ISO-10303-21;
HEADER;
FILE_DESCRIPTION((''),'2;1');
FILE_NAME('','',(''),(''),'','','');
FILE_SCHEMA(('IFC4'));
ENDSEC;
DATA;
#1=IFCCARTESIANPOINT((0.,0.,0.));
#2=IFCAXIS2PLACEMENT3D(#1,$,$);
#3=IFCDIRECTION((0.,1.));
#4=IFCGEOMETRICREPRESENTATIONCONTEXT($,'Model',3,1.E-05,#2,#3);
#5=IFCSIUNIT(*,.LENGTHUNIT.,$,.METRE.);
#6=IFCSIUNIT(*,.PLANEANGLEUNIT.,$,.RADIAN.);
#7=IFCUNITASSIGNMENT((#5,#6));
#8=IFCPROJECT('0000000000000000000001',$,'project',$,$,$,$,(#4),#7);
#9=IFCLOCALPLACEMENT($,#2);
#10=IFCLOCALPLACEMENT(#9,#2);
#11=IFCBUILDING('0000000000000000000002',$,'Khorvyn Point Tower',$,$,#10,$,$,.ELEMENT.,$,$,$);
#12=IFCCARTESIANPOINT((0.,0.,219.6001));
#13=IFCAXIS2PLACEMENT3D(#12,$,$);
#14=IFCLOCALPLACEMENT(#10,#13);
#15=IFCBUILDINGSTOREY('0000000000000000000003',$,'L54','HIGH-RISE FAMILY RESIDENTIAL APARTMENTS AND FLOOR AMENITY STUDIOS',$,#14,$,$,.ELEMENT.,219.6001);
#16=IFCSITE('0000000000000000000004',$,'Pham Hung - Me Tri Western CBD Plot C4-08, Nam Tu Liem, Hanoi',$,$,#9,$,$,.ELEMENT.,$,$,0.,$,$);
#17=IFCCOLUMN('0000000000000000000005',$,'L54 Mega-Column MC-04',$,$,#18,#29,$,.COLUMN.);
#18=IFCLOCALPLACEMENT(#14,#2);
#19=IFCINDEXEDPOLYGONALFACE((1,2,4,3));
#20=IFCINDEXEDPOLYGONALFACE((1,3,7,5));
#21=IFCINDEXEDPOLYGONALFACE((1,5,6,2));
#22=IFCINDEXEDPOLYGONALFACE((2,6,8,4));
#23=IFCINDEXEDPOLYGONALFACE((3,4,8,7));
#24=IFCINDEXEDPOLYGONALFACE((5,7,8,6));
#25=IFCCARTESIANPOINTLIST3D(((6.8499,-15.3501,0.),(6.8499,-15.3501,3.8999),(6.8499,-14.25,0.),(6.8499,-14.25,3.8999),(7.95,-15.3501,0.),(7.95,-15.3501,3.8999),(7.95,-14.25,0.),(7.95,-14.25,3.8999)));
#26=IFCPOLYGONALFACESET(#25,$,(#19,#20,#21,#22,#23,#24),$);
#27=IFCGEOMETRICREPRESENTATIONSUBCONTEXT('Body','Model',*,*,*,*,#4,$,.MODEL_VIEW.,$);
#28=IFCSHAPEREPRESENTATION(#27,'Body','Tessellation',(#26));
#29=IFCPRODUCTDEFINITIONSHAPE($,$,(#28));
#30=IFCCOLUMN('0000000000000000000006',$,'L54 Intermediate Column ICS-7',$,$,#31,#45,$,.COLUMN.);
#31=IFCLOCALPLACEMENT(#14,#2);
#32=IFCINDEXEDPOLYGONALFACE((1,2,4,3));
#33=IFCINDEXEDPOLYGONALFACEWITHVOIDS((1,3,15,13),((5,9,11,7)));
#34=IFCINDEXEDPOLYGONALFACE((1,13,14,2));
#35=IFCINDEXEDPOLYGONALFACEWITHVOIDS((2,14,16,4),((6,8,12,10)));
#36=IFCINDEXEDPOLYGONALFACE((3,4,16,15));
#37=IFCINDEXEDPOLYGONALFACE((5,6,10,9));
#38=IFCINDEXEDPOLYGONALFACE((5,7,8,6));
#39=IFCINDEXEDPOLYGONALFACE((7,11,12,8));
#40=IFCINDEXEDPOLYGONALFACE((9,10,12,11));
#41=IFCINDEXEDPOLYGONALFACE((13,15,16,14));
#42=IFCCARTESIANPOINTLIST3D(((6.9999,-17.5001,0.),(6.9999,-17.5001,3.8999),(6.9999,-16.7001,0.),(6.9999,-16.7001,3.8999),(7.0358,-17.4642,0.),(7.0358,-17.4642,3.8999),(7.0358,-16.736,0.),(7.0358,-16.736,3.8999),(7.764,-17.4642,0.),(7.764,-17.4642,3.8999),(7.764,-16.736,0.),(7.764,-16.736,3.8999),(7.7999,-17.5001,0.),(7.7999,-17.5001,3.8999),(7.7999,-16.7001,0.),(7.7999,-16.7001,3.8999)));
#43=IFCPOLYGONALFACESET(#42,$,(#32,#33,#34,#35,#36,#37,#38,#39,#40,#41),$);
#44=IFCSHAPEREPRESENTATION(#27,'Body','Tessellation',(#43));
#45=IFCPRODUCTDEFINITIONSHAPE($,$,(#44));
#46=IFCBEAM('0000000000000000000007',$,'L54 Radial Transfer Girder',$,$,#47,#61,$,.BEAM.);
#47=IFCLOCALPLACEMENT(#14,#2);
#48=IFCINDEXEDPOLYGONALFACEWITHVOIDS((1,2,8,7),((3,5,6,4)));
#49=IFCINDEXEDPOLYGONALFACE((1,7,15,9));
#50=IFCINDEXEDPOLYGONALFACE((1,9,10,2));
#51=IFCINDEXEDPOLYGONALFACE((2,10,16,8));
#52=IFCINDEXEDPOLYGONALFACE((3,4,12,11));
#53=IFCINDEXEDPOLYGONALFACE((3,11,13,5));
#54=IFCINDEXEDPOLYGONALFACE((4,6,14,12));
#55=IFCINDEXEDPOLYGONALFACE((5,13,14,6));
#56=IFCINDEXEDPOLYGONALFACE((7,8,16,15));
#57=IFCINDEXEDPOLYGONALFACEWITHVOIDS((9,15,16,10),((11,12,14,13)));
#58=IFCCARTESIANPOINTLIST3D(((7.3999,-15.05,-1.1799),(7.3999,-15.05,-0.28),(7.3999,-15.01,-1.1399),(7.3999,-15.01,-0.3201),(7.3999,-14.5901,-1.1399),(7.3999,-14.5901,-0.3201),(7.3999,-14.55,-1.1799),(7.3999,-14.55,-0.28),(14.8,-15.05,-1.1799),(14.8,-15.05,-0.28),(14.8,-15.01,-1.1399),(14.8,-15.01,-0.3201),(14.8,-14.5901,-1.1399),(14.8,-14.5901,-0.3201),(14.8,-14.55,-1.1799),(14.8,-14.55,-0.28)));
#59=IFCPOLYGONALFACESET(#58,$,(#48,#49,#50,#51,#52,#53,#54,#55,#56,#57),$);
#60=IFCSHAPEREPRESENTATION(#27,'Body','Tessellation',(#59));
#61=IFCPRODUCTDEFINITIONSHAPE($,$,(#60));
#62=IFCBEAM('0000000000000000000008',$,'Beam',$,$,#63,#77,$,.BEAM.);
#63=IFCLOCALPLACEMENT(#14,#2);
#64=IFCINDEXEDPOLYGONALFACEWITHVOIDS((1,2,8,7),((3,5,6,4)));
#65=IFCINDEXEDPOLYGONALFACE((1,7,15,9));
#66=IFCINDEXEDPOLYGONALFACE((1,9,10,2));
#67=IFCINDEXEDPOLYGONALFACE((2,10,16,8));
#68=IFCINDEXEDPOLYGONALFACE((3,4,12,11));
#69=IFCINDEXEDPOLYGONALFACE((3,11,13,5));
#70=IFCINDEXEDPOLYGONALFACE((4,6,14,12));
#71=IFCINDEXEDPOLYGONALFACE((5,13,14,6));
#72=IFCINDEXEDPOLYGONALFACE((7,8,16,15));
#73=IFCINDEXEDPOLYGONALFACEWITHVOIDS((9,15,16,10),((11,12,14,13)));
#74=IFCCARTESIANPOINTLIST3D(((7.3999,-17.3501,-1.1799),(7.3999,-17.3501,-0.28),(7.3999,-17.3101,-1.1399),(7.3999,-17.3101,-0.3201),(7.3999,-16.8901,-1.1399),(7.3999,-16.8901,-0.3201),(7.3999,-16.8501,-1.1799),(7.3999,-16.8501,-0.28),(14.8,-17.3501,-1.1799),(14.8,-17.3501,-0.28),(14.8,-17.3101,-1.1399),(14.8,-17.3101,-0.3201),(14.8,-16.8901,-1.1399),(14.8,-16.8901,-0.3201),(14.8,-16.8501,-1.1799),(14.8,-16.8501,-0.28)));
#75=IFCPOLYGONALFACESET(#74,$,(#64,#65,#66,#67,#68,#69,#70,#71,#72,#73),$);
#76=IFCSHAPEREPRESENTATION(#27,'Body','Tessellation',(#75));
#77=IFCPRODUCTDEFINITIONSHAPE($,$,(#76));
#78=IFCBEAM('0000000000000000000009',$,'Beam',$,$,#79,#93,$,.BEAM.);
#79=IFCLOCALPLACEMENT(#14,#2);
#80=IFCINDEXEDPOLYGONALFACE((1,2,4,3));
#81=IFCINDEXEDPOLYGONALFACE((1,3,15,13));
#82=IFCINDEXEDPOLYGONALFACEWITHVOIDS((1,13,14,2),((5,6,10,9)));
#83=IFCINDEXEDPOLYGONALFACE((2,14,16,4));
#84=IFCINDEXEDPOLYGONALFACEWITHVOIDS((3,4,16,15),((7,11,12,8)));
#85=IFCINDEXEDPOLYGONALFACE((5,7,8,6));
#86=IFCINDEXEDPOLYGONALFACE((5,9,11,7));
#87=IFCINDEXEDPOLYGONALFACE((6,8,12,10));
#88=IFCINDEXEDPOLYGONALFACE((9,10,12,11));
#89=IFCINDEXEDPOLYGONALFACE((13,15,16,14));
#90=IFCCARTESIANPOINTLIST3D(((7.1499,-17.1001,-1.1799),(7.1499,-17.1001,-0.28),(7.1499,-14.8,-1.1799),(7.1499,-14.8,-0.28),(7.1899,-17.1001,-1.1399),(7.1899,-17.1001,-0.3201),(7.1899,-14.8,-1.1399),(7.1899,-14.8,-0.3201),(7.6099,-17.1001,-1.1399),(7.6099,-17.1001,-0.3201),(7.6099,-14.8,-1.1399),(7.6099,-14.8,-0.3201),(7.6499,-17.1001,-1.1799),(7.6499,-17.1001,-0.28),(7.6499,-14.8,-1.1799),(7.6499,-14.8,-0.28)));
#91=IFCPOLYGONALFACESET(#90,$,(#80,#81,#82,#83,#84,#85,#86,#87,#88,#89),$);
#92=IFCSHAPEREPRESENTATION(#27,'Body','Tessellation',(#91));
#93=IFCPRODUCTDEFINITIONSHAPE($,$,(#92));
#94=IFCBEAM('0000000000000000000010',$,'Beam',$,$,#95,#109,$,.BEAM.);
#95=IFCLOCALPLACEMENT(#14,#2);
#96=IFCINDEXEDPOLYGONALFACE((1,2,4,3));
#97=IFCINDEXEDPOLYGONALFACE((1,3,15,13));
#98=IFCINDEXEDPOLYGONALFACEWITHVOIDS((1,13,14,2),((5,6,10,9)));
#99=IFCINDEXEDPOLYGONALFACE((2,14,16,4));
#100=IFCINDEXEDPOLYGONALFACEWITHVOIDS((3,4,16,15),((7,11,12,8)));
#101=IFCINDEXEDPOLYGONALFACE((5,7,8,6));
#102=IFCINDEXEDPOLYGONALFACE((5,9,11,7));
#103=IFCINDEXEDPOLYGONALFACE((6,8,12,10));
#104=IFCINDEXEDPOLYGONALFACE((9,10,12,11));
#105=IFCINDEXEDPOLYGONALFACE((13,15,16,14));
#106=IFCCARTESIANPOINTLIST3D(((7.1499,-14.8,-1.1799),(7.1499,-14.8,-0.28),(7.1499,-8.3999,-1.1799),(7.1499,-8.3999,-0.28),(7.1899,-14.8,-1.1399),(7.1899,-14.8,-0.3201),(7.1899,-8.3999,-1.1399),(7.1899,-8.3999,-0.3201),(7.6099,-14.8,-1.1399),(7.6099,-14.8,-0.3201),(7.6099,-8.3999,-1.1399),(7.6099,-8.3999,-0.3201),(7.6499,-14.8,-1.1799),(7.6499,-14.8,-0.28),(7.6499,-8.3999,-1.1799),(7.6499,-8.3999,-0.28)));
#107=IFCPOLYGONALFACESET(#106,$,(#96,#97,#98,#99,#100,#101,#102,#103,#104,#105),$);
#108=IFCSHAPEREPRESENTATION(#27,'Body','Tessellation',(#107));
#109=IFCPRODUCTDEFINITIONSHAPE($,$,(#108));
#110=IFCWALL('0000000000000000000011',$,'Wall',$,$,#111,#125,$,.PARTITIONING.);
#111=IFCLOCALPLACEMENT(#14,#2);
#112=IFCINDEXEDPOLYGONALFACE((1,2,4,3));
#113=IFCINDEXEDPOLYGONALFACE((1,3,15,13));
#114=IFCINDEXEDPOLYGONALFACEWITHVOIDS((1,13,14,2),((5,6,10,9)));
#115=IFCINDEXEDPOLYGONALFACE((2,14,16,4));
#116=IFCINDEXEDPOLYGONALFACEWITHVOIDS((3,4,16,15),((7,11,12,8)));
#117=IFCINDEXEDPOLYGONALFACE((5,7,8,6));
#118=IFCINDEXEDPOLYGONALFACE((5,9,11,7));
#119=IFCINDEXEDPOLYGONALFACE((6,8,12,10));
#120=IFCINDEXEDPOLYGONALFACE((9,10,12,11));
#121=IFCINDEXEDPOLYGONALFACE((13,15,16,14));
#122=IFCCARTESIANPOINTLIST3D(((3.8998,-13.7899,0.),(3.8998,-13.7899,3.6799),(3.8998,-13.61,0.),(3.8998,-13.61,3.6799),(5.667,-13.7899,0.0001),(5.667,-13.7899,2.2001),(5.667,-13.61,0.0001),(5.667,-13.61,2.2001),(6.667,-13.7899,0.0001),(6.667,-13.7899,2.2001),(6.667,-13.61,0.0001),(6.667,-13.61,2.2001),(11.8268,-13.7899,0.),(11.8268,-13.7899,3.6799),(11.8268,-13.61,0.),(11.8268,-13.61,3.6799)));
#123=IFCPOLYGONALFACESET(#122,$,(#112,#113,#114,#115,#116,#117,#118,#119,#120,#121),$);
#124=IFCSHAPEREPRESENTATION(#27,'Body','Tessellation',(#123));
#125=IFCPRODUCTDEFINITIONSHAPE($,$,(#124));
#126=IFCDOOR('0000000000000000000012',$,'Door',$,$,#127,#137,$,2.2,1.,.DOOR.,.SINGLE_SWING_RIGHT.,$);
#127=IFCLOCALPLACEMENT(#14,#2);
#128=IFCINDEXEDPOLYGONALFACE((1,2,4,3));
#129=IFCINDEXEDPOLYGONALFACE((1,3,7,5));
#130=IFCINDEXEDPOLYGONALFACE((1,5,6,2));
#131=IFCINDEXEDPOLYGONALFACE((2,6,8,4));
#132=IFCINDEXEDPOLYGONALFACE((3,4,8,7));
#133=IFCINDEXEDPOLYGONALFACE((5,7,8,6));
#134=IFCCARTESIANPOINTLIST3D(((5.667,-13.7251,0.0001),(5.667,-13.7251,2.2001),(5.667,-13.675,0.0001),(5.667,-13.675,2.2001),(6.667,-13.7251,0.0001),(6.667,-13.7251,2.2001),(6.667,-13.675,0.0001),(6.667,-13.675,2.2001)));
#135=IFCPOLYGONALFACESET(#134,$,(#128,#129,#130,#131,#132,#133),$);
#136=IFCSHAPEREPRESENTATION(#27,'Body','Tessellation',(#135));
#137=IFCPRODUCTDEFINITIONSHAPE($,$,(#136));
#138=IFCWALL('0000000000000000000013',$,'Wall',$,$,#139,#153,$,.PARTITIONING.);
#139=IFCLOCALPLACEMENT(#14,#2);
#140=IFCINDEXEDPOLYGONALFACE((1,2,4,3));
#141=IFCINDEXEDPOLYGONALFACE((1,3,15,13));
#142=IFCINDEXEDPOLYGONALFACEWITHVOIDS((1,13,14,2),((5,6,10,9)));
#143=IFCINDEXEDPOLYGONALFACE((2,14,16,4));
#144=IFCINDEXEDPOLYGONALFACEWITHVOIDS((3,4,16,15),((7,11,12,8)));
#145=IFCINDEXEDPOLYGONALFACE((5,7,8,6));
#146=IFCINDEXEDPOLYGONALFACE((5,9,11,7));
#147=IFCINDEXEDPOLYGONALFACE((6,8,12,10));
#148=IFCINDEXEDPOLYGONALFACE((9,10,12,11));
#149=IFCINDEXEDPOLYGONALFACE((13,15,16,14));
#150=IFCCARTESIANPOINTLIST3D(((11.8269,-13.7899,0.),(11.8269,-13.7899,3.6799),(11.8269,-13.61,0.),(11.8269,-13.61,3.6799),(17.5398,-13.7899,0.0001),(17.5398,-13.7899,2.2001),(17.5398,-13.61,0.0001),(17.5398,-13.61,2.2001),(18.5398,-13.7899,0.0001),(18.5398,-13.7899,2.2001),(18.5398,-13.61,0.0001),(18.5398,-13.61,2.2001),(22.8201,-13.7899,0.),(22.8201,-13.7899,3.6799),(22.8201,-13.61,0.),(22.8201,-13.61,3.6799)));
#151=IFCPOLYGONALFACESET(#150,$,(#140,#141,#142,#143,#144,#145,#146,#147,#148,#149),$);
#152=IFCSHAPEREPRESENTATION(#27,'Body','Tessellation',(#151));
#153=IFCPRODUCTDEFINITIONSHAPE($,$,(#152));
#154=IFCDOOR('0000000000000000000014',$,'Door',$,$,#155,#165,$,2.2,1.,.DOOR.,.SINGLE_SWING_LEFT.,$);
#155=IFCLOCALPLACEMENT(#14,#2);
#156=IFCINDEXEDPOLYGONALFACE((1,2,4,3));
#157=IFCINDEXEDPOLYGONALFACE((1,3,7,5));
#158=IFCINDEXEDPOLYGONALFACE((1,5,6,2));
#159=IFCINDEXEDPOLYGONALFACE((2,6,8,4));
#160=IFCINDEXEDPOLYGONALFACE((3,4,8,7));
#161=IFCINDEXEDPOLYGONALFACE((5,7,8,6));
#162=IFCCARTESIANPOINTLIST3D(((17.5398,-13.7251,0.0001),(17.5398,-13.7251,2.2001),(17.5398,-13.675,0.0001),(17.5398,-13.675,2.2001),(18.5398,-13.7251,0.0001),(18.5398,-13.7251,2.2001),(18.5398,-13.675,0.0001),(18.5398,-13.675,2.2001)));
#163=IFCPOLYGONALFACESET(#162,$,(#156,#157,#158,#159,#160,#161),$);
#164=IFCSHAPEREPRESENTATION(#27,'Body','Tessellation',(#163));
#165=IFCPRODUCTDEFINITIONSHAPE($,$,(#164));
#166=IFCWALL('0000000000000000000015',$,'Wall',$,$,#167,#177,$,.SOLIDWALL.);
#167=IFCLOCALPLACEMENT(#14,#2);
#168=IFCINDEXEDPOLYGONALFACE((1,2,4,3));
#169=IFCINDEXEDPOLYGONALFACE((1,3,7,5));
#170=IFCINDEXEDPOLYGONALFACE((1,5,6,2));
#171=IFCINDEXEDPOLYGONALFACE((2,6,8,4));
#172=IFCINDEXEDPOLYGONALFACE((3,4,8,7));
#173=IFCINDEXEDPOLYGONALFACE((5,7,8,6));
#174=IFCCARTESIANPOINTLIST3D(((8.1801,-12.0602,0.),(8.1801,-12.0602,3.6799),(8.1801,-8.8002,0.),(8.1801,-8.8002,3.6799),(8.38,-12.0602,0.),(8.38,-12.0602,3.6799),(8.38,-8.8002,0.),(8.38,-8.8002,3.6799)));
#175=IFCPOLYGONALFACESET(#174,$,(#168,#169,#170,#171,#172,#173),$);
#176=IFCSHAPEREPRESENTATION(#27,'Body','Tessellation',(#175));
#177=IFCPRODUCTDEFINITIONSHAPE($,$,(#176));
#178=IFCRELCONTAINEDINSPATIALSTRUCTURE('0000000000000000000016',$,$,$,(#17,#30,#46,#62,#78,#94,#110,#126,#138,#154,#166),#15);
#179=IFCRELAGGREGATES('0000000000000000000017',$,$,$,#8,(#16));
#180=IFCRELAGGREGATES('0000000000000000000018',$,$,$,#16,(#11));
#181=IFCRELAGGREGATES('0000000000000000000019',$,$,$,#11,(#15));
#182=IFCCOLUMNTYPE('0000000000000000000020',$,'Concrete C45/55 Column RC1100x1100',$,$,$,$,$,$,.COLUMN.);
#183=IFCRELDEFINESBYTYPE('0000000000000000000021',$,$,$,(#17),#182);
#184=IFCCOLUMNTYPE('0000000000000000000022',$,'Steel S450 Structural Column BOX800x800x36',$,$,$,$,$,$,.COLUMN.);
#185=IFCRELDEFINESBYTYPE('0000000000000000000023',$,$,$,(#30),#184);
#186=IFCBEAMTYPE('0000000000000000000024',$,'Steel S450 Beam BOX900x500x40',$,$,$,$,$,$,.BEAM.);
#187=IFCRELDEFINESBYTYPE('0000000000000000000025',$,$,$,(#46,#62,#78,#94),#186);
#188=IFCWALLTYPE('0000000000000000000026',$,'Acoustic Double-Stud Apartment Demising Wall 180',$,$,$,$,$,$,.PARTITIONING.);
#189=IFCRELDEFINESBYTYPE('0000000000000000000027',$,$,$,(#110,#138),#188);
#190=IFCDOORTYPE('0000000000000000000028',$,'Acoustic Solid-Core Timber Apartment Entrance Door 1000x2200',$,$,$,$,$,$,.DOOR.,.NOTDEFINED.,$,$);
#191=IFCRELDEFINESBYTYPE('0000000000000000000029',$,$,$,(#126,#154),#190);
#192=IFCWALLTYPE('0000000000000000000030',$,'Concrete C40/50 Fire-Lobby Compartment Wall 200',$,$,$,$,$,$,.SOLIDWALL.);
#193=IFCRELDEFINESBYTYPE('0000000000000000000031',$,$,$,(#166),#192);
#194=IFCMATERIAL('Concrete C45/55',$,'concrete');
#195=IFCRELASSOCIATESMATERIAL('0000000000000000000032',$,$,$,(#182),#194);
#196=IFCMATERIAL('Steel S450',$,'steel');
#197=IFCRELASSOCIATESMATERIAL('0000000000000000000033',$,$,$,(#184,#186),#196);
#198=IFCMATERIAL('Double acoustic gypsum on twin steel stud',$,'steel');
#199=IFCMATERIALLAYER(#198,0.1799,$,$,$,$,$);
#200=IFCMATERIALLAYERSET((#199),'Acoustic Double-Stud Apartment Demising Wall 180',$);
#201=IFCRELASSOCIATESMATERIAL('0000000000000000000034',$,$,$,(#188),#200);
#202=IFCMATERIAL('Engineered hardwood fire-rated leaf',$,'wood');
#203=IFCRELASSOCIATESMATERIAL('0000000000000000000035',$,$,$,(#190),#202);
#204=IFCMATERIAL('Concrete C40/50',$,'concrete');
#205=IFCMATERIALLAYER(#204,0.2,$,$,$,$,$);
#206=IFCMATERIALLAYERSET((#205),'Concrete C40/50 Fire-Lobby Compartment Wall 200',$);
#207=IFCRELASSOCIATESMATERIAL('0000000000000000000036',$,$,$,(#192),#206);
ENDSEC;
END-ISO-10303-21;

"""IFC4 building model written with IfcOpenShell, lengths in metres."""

from ifc_helpers import new_model, si_unit, direction, frame, frame_2d, origin, origin_2d, place, context, subcontext, project, spatial, rectangle, hollow_rectangle, extrude, material, layer, layer_set, material_profile, profile_set, type_object, element, fill, save


model = new_model("IFC4")

# Units and contexts
model_context = context("Model", 3, precision=1e-05, world=origin(), true_north=direction((0.0, 1.0)))
body_context = subcontext(model_context, "Body", "Model", "MODEL_VIEW")
ifc_project = project(units=[si_unit("LENGTHUNIT", "METRE"), si_unit("PLANEANGLEUNIT", "RADIAN")], contexts=[model_context])

# Site, building, storey
site_placement = place(None, origin())
site = spatial("IfcSite", under=ifc_project, at=site_placement, Name="Pham Hung - Me Tri Western CBD Plot C4-08, Nam Tu Liem, Hanoi", CompositionType="ELEMENT", RefElevation=0.0)
building_placement = place(site_placement, origin())
building = spatial("IfcBuilding", under=site, at=building_placement, Name="Khorvyn Point Tower", CompositionType="ELEMENT")
storey_placement = place(building_placement, frame((0.0, 0.0, 219.6001)))
storey = spatial("IfcBuildingStorey", under=building, at=storey_placement, Name="L54", Description="HIGH-RISE FAMILY RESIDENTIAL APARTMENTS AND FLOOR AMENITY STUDIOS", CompositionType="ELEMENT", Elevation=219.6001)

# Columns
ifc_material_1 = material(Name="Concrete C45/55", Category="concrete")
ifc_material_profile_1 = material_profile(ifc_material_1, rectangle(XDim=1.1001, YDim=1.1001, at=origin_2d()))
ifc_profile_set_1 = profile_set([ifc_material_profile_1], Name="Concrete C45/55 RC1100x1100")
column_type_1 = type_object("IfcColumnType", Name="Concrete C45/55 Column RC1100x1100", PredefinedType="COLUMN", material=ifc_profile_set_1)
column_1_placement = place(storey_placement, frame((7.3999, -14.8, 0.0), z_axis=(0.0, 0.0, 1.0), x_axis=(1.0, 0.0, 0.0)))
element("IfcColumn", 1, at=column_1_placement, inside=storey, type_object=column_type_1, Name="L54 Mega-Column MC-04", PredefinedType="COLUMN", context=body_context, shape_type="SweptSolid", body=[
    extrude(rectangle(XDim=1.1001, YDim=1.1001, at=origin_2d()), origin(), (0.0, 0.0, 1.0), 3.8999),
])
ifc_material_2 = material(Name="Steel S450", Category="steel")
ifc_material_profile_2 = material_profile(ifc_material_2, hollow_rectangle(XDim=0.8, YDim=0.8, WallThickness=0.0359, at=origin_2d()))
ifc_profile_set_2 = profile_set([ifc_material_profile_2], Name="Steel S450 BOX800x800x36")
column_type_2 = type_object("IfcColumnType", Name="Steel S450 Structural Column BOX800x800x36", PredefinedType="COLUMN", material=ifc_profile_set_2)
column_2_placement = place(storey_placement, frame((7.3999, -17.1001, 0.0), z_axis=(0.0, 0.0, 1.0), x_axis=(1.0, 0.0, 0.0)))
element("IfcColumn", 2, at=column_2_placement, inside=storey, type_object=column_type_2, Name="L54 Intermediate Column ICS-7", PredefinedType="COLUMN", context=body_context, shape_type="SweptSolid", body=[
    extrude(hollow_rectangle(XDim=0.8, YDim=0.8, WallThickness=0.0359, at=origin_2d()), origin(), (0.0, 0.0, 1.0), 3.8999),
])

# Beams
ifc_material_profile_3 = material_profile(ifc_material_2, hollow_rectangle(XDim=0.5, YDim=0.8999, WallThickness=0.04, at=origin_2d()))
ifc_profile_set_3 = profile_set([ifc_material_profile_3], Name="Steel S450 BOX900x500x40")
beam_type = type_object("IfcBeamType", Name="Steel S450 Beam BOX900x500x40", PredefinedType="BEAM", material=ifc_profile_set_3)
for number, where, z_axis, x_axis, name in (
    (3, (7.3999, -14.8, -0.73), (1.0, 0.0, 0.0), (0.0, 1.0, 0.0), "L54 Radial Transfer Girder"),
    (4, (7.3999, -17.1001, -0.73), (1.0, 0.0, 0.0), (0.0, 1.0, 0.0), "Beam"),
):
    element("IfcBeam", number, at=place(storey_placement, frame(where, z_axis=z_axis, x_axis=x_axis)), inside=storey, type_object=beam_type, Name=name, PredefinedType="BEAM", context=body_context, shape_type="SweptSolid", body=[
        extrude(hollow_rectangle(XDim=0.5, YDim=0.8999, WallThickness=0.04, at=origin_2d()), origin(), (0.0, 0.0, 1.0), 7.4001),
    ])
beam_1_placement = place(storey_placement, frame((7.3999, -17.1001, -0.73), z_axis=(0.0, 1.0, 0.0), x_axis=(-1.0, 0.0, 0.0)))
element("IfcBeam", 5, at=beam_1_placement, inside=storey, type_object=beam_type, Name="Beam", PredefinedType="BEAM", context=body_context, shape_type="SweptSolid", body=[
    extrude(hollow_rectangle(XDim=0.5, YDim=0.8999, WallThickness=0.04, at=origin_2d()), origin(), (0.0, 0.0, 1.0), 2.3),
])
beam_2_placement = place(storey_placement, frame((7.3999, -14.8, -0.73), z_axis=(0.0, 1.0, 0.0), x_axis=(-1.0, 0.0, 0.0)))
element("IfcBeam", 6, at=beam_2_placement, inside=storey, type_object=beam_type, Name="Beam", PredefinedType="BEAM", context=body_context, shape_type="SweptSolid", body=[
    extrude(hollow_rectangle(XDim=0.5, YDim=0.8999, WallThickness=0.04, at=origin_2d()), origin(), (0.0, 0.0, 1.0), 6.4001),
])

# Walls, openings, doors
ifc_material_3 = material(Name="Double acoustic gypsum on twin steel stud", Category="steel")
ifc_layer_1 = layer(ifc_material_3, 0.1799)
ifc_layer_set_1 = layer_set([ifc_layer_1], Name="Acoustic Double-Stud Apartment Demising Wall 180")
wall_type_1 = type_object("IfcWallType", Name="Acoustic Double-Stud Apartment Demising Wall 180", PredefinedType="PARTITIONING", material=ifc_layer_set_1)
wall_1_placement = place(storey_placement, frame((3.8999, -13.7, 0.0), z_axis=(0.0, 0.0, 1.0), x_axis=(1.0, 0.0, 0.0)))
wall_1 = element("IfcWall", 7, at=wall_1_placement, inside=storey, type_object=wall_type_1, Name="Wall", PredefinedType="PARTITIONING", context=body_context, shape_type="SweptSolid", body=[
    extrude(rectangle(XDim=7.927, YDim=0.1799, at=frame_2d((3.9634, 0.0))), origin(), (0.0, 0.0, 1.0), 3.6799),
])
opening_1_placement = place(wall_1_placement, frame((1.7671, 0.0, 0.0)))
opening_1 = element("IfcOpeningElement", 8, at=opening_1_placement, cuts=wall_1, PredefinedType="OPENING", context=body_context, shape_type="SweptSolid", body=[
    extrude(rectangle(XDim=1.0, YDim=2.2, at=frame_2d((0.5, 1.1001))), frame((0.0, 0.0999, 0.0), z_axis=(0.0, -1.0, 0.0), x_axis=(1.0, 0.0, 0.0)), (0.0, 0.0, 1.0), 0.2),
])
ifc_material_4 = material(Name="Engineered hardwood fire-rated leaf", Category="wood")
door_type_1 = type_object("IfcDoorType", Name="Acoustic Solid-Core Timber Apartment Entrance Door 1000x2200", OperationType="NOTDEFINED", PredefinedType="DOOR", material=ifc_material_4)
door_1_placement = place(opening_1_placement, origin())
door_1 = element("IfcDoor", 9, at=door_1_placement, inside=storey, type_object=door_type_1, Name="Door", OperationType="SINGLE_SWING_RIGHT", OverallHeight=2.2, OverallWidth=1.0, PredefinedType="DOOR", context=body_context, shape_type="SweptSolid", body=[
    extrude(rectangle(XDim=1.0, YDim=2.2, at=frame_2d((0.5, 1.1001))), frame((0.0, 0.0249, 0.0), z_axis=(0.0, -1.0, 0.0), x_axis=(1.0, 0.0, 0.0)), (0.0, 0.0, 1.0), 0.05),
])
fill(opening_1, door_1)
wall_2_placement = place(storey_placement, frame((11.8269, -13.7, 0.0), z_axis=(0.0, 0.0, 1.0), x_axis=(1.0, 0.0, 0.0)))
wall_2 = element("IfcWall", 10, at=wall_2_placement, inside=storey, type_object=wall_type_1, Name="Wall", PredefinedType="PARTITIONING", context=body_context, shape_type="SweptSolid", body=[
    extrude(rectangle(XDim=10.9932, YDim=0.1799, at=frame_2d((5.4966, 0.0))), origin(), (0.0, 0.0, 1.0), 3.6799),
])
opening_2_placement = place(wall_2_placement, frame((5.7129, 0.0, 0.0)))
opening_2 = element("IfcOpeningElement", 11, at=opening_2_placement, cuts=wall_2, PredefinedType="OPENING", context=body_context, shape_type="SweptSolid", body=[
    extrude(rectangle(XDim=1.0, YDim=2.2, at=frame_2d((0.5, 1.1001))), frame((0.0, 0.0999, 0.0), z_axis=(0.0, -1.0, 0.0), x_axis=(1.0, 0.0, 0.0)), (0.0, 0.0, 1.0), 0.2),
])
door_2_placement = place(opening_2_placement, origin())
door_2 = element("IfcDoor", 12, at=door_2_placement, inside=storey, type_object=door_type_1, Name="Door", OperationType="SINGLE_SWING_LEFT", OverallHeight=2.2, OverallWidth=1.0, PredefinedType="DOOR", context=body_context, shape_type="SweptSolid", body=[
    extrude(rectangle(XDim=1.0, YDim=2.2, at=frame_2d((0.5, 1.1001))), frame((0.0, 0.0249, 0.0), z_axis=(0.0, -1.0, 0.0), x_axis=(1.0, 0.0, 0.0)), (0.0, 0.0, 1.0), 0.05),
])
fill(opening_2, door_2)
ifc_material_5 = material(Name="Concrete C40/50", Category="concrete")
ifc_layer_2 = layer(ifc_material_5, 0.2)
ifc_layer_set_2 = layer_set([ifc_layer_2], Name="Concrete C40/50 Fire-Lobby Compartment Wall 200")
wall_type_2 = type_object("IfcWallType", Name="Concrete C40/50 Fire-Lobby Compartment Wall 200", PredefinedType="SOLIDWALL", material=ifc_layer_set_2)

# Wall
wall_3_placement = place(storey_placement, frame((8.28, -12.0601, 0.0), z_axis=(0.0, 0.0, 1.0), x_axis=(0.0, 1.0, 0.0)))
element("IfcWall", 13, at=wall_3_placement, inside=storey, type_object=wall_type_2, Name="Wall", PredefinedType="SOLIDWALL", context=body_context, shape_type="SweptSolid", body=[
    extrude(rectangle(XDim=3.26, YDim=0.2, at=frame_2d((1.6299, 0.0))), origin(), (0.0, 0.0, 1.0), 3.6799),
])

save(model, "model.ifc")
